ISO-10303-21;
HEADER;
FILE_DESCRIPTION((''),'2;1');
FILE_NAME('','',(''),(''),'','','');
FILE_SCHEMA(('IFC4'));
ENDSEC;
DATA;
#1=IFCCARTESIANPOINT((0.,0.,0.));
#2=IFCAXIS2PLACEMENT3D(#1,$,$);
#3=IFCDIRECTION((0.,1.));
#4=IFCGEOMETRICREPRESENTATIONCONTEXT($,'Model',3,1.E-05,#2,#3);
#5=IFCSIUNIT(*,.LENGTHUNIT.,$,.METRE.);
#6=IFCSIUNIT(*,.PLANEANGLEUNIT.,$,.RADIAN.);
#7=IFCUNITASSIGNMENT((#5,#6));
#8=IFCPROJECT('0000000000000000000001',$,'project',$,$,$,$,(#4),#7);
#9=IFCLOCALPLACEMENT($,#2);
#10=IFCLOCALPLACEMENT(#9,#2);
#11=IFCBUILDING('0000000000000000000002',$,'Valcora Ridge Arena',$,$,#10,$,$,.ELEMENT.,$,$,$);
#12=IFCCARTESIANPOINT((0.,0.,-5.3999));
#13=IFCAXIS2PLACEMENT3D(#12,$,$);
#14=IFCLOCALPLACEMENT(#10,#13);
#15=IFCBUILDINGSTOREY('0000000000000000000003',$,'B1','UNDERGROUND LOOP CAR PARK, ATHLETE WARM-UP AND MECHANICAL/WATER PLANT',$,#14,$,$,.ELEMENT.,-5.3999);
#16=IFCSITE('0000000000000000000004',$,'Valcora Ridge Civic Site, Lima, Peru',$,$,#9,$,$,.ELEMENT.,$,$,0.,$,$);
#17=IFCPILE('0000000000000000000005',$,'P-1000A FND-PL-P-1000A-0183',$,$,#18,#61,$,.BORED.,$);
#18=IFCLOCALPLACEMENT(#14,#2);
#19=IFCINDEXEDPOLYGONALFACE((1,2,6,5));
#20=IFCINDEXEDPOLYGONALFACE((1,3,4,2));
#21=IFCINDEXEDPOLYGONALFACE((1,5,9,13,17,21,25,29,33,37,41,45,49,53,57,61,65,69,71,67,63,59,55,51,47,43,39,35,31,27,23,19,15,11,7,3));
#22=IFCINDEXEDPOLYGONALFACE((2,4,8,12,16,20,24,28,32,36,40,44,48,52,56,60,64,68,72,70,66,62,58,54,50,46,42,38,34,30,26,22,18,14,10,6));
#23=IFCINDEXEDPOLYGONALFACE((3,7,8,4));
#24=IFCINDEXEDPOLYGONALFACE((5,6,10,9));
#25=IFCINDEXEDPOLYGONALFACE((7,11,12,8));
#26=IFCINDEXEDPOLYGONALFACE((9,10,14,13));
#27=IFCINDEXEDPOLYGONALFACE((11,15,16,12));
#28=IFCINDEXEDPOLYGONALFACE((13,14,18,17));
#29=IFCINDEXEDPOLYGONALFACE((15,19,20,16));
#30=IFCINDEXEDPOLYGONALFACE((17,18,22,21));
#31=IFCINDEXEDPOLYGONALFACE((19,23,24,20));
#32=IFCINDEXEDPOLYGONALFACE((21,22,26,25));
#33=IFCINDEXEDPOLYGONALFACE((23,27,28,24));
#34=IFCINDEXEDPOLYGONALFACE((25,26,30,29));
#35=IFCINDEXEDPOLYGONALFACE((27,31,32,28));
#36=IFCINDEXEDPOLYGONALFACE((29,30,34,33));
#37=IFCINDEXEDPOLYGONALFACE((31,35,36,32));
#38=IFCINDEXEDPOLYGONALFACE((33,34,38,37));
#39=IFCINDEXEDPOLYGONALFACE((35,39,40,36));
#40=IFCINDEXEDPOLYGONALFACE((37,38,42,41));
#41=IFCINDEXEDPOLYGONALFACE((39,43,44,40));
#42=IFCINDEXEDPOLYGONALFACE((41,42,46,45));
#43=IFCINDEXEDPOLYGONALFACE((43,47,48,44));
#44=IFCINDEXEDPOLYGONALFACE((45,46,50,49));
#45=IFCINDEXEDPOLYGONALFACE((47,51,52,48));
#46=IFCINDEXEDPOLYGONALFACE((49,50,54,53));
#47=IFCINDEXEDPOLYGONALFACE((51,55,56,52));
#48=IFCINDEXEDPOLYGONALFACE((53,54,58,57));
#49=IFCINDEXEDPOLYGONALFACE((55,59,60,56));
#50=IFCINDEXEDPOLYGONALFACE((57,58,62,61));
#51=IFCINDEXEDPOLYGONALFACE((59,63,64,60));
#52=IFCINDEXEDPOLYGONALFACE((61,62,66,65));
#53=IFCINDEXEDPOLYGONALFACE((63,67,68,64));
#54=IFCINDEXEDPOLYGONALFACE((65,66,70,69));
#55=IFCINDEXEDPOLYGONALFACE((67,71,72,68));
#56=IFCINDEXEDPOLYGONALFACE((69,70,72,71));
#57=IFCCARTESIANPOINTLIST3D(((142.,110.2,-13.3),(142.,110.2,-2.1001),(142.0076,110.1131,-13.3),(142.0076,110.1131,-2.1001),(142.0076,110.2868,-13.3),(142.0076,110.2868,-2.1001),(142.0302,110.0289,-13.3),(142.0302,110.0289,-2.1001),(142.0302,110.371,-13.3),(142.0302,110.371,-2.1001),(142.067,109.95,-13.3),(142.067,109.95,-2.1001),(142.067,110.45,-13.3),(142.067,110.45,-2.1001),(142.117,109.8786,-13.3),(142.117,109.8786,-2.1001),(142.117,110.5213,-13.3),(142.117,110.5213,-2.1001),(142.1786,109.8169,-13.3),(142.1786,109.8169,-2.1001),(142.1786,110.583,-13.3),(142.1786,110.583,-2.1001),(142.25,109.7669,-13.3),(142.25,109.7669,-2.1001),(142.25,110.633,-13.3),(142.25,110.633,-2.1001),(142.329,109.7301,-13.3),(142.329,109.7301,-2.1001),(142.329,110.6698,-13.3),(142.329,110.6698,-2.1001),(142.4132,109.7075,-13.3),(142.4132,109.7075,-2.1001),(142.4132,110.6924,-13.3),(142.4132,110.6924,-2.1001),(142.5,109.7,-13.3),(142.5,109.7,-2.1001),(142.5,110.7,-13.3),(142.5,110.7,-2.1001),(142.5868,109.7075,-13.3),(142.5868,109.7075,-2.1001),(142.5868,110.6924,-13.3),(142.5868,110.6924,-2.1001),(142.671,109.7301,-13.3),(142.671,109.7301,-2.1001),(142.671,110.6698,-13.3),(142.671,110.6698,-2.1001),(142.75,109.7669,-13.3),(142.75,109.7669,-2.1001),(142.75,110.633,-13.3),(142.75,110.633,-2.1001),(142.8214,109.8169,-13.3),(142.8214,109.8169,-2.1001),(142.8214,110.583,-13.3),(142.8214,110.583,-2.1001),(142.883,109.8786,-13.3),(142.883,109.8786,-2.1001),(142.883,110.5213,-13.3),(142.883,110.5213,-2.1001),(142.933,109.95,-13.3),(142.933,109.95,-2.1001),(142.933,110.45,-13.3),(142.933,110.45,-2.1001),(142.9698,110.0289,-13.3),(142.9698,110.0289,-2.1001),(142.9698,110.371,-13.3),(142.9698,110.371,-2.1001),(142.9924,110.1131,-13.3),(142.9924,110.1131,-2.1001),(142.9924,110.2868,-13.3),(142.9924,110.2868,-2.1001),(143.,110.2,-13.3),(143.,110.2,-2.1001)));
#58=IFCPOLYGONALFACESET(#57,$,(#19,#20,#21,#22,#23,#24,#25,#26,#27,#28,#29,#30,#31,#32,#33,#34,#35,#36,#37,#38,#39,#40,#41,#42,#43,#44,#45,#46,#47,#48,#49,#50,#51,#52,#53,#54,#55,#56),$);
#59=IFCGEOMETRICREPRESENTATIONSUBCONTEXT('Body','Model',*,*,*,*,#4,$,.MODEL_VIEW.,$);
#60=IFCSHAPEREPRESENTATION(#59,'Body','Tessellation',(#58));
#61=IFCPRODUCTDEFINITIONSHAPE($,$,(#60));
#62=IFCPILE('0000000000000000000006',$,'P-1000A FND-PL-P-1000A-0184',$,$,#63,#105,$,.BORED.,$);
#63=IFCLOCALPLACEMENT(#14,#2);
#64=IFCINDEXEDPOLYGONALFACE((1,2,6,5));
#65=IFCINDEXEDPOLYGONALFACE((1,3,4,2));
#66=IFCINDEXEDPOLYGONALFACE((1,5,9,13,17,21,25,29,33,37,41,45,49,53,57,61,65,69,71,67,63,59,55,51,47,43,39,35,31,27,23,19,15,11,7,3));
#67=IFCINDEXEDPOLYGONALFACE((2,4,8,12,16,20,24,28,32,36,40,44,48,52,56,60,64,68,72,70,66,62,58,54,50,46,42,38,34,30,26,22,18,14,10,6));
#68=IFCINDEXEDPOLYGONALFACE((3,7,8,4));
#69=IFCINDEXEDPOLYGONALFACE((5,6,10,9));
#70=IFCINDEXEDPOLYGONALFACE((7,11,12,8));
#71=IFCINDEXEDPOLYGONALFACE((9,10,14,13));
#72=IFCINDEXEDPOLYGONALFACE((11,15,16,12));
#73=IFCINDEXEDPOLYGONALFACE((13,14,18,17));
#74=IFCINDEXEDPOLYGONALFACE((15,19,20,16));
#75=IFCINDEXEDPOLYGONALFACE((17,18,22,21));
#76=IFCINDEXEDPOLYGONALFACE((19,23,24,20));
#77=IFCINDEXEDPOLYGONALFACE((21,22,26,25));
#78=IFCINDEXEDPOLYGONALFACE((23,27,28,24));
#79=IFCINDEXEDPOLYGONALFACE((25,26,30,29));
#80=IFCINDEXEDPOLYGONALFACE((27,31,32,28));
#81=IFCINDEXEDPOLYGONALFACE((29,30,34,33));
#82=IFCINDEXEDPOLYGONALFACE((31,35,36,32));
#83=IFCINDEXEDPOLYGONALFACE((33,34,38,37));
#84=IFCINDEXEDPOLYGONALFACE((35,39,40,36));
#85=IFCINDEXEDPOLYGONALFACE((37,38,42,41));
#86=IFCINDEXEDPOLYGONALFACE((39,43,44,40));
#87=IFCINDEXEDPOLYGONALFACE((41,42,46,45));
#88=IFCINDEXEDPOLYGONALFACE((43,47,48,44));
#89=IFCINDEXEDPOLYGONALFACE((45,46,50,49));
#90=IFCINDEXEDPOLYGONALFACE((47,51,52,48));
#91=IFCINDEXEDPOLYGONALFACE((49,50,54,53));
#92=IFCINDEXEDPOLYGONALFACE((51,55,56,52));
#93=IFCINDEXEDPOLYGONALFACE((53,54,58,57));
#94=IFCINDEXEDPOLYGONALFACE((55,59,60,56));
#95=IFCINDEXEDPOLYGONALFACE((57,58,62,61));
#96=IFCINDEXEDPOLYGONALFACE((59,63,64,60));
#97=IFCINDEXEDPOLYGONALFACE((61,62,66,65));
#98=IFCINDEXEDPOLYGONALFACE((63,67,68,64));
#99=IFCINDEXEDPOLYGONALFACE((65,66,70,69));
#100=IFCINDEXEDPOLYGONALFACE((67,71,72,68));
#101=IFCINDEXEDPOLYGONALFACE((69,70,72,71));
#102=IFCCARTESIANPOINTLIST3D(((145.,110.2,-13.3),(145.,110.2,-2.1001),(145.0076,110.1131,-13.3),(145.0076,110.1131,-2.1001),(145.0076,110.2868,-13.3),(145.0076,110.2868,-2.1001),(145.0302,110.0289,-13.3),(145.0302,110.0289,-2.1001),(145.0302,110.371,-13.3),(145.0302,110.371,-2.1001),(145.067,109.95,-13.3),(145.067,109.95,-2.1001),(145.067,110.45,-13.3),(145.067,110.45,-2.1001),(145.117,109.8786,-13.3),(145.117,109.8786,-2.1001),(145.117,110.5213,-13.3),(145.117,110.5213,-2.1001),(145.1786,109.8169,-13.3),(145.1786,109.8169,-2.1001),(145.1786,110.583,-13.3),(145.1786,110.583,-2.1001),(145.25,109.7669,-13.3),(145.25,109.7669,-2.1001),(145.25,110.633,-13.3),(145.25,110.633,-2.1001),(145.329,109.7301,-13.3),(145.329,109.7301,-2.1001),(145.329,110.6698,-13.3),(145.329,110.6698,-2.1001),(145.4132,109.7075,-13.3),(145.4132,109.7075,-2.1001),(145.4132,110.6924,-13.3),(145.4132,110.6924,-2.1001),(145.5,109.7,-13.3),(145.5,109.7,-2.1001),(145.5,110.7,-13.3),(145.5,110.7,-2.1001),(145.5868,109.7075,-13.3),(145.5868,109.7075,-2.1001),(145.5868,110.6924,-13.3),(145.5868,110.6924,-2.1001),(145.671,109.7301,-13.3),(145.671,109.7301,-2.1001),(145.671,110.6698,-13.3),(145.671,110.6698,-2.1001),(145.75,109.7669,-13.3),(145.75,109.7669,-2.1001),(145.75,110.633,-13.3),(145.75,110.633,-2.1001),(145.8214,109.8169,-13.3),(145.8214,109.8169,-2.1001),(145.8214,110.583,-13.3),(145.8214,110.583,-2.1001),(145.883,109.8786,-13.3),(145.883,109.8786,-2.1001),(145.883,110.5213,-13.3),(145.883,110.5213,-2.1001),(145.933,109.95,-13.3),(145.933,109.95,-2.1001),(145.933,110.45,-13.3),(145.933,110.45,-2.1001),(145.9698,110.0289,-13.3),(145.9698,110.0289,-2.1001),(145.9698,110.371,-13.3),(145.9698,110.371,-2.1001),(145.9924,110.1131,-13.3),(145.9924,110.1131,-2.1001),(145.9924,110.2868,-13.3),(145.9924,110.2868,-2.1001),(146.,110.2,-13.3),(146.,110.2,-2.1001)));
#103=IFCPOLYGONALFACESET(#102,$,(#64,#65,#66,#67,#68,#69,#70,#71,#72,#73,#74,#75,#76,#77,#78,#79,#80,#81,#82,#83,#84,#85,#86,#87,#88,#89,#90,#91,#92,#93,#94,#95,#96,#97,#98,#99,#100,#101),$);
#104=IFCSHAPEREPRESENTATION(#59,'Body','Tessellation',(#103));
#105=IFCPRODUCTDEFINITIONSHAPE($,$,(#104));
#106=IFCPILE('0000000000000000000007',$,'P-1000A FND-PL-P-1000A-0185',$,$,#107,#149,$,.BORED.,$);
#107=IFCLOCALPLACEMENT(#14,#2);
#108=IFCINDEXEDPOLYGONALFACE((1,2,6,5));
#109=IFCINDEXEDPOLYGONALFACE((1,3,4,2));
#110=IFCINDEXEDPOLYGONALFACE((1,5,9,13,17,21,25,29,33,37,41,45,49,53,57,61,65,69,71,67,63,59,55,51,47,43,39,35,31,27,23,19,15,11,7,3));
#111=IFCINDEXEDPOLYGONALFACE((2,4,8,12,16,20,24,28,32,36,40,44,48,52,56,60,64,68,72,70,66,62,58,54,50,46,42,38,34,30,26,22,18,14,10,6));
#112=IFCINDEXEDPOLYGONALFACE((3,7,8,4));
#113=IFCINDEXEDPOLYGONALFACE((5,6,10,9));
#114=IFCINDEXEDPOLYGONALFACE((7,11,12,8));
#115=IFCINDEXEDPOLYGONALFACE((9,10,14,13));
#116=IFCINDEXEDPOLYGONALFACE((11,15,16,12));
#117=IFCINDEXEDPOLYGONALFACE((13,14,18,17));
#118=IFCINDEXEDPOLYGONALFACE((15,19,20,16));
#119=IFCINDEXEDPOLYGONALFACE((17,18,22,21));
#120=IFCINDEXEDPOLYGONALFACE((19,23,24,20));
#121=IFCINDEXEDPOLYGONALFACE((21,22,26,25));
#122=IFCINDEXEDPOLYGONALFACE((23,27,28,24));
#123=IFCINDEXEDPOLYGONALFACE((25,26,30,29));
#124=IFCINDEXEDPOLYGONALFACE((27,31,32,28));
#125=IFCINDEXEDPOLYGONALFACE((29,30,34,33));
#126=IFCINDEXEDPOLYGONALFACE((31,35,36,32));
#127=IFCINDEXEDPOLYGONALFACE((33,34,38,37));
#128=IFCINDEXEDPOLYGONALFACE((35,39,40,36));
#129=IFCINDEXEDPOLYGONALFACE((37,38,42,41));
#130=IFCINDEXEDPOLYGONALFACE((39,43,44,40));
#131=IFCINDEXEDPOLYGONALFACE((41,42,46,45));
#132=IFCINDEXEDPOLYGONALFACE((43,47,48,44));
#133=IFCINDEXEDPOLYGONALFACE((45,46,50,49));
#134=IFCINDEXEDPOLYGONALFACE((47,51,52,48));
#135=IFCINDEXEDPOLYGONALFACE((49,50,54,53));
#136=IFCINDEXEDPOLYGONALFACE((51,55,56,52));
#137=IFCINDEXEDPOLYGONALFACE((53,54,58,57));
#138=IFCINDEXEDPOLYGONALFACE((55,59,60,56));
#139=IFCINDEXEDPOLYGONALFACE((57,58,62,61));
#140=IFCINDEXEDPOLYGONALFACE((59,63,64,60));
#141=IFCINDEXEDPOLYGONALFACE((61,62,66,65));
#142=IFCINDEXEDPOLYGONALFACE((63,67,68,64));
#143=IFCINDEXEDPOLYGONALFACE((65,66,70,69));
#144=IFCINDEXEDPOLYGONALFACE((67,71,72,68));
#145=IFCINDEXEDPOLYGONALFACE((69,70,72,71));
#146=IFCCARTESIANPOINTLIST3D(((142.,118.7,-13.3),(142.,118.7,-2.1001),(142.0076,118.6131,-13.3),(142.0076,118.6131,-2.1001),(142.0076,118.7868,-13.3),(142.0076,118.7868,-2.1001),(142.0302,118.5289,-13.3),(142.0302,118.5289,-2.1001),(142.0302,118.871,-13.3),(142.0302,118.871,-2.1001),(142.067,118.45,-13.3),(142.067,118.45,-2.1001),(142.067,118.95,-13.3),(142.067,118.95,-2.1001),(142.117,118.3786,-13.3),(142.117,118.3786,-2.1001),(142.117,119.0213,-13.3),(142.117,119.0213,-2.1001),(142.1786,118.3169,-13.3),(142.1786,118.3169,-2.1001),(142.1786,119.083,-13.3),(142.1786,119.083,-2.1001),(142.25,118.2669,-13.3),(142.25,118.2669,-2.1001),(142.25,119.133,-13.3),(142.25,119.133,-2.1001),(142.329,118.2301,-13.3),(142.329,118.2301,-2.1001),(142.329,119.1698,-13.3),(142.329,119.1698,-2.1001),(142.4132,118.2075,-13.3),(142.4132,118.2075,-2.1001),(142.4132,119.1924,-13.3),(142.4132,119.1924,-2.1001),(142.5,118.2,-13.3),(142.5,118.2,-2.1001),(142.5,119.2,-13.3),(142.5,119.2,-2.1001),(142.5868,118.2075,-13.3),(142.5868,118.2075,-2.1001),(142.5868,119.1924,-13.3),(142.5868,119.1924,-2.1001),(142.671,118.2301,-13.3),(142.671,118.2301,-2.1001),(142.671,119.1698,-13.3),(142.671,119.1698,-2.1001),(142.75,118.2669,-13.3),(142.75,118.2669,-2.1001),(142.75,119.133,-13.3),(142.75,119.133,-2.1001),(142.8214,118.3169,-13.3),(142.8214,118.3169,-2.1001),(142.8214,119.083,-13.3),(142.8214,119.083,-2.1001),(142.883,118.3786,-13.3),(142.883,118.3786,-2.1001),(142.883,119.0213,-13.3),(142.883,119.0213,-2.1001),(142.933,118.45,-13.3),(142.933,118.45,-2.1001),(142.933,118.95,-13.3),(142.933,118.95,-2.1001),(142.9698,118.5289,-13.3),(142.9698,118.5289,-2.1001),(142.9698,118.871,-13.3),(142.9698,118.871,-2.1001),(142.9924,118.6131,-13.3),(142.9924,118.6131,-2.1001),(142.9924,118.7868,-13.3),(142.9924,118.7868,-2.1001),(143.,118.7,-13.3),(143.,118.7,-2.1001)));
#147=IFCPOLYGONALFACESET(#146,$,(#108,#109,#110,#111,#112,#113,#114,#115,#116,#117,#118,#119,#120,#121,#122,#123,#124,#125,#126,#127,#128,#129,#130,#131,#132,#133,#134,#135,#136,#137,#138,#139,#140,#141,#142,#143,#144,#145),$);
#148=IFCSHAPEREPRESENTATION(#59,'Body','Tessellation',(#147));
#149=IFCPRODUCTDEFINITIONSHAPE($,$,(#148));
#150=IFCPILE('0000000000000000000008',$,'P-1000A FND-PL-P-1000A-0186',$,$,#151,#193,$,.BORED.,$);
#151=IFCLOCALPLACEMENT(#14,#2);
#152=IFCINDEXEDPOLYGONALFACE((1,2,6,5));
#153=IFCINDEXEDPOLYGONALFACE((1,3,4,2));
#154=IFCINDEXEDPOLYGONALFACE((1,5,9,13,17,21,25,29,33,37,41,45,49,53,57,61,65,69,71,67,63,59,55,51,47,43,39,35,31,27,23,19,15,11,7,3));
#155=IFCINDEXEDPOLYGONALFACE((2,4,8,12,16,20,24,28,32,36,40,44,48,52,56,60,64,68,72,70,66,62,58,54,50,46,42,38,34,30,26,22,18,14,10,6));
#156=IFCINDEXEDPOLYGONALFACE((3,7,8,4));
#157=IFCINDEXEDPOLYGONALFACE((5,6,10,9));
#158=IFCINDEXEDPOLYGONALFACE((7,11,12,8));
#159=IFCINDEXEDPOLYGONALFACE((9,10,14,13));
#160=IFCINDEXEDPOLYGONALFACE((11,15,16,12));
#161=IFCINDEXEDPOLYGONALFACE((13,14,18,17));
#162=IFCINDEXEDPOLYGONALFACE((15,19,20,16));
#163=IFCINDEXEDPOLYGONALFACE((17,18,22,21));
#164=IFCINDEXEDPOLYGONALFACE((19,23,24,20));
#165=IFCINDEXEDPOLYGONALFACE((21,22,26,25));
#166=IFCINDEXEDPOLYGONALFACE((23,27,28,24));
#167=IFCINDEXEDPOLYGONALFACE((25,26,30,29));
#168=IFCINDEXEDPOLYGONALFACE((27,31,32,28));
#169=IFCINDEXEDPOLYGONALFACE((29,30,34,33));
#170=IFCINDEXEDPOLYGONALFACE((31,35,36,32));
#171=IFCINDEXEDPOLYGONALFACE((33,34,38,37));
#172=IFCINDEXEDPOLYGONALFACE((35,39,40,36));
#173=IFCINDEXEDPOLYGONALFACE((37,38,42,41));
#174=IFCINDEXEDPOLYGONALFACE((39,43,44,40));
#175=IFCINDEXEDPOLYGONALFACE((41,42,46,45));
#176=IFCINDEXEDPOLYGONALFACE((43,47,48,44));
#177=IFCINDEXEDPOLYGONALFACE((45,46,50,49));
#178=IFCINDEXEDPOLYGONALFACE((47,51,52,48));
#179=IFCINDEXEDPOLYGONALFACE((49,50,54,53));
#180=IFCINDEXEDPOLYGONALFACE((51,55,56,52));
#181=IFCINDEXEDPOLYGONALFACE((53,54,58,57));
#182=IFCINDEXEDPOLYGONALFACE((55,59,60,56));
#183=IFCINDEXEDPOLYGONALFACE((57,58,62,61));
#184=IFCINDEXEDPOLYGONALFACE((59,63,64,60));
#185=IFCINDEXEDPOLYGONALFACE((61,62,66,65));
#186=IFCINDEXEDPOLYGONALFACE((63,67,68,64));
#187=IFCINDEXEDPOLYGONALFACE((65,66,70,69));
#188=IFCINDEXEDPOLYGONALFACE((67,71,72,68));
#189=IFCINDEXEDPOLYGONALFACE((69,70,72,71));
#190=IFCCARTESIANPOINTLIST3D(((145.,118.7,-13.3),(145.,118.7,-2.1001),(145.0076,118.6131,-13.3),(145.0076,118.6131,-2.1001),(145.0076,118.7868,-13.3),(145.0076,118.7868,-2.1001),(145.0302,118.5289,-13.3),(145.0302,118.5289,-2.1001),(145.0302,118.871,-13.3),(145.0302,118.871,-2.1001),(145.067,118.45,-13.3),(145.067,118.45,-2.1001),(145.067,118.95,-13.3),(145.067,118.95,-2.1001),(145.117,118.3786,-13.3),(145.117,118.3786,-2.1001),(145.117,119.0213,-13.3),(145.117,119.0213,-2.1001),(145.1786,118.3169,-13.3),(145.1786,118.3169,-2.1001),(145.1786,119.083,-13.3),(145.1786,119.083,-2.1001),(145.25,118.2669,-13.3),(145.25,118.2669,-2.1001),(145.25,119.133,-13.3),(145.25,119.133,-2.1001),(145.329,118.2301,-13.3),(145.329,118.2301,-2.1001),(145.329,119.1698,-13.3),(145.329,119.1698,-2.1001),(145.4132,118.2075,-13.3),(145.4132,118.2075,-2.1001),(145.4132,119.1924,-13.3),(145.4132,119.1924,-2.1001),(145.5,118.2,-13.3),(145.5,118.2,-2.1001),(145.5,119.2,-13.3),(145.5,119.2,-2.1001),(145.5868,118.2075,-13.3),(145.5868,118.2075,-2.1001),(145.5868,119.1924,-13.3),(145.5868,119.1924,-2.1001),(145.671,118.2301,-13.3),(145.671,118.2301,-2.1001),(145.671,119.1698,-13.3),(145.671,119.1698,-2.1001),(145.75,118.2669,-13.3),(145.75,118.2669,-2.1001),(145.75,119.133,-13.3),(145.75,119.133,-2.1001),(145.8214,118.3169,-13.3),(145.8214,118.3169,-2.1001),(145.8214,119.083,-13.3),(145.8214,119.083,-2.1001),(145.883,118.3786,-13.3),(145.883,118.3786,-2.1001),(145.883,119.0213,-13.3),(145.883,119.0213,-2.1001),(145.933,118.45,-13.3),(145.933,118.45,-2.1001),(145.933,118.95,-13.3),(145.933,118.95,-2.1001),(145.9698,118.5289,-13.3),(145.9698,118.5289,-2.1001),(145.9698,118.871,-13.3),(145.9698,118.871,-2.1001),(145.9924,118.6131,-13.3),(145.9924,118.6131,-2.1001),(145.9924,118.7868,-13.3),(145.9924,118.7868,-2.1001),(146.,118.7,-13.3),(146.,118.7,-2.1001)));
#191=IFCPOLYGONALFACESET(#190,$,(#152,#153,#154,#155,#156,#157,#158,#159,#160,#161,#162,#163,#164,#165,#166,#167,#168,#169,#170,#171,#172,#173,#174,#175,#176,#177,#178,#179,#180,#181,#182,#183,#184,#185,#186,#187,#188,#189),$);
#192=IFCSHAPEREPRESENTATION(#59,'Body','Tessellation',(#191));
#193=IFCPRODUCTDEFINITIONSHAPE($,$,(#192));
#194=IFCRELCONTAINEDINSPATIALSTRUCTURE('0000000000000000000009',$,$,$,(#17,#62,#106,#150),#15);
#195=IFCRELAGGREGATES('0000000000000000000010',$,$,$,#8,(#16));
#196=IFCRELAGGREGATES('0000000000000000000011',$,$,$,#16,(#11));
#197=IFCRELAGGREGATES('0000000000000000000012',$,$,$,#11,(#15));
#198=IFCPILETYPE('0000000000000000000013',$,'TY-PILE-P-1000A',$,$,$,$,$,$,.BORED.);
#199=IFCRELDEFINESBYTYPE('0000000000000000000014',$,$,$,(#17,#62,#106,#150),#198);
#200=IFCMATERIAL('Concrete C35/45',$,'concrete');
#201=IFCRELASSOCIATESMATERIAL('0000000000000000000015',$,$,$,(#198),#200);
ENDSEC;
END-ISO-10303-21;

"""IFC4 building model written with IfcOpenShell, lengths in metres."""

from ifc_helpers import new_model, si_unit, direction, frame, origin, origin_2d, place, context, subcontext, project, spatial, circle, extrude, material, material_profile, profile_set, type_object, element, save


model = new_model("IFC4")

# Units and contexts
model_context = context("Model", 3, precision=1e-05, world=origin(), true_north=direction((0.0, 1.0)))
body_context = subcontext(model_context, "Body", "Model", "MODEL_VIEW")
ifc_project = project(units=[si_unit("LENGTHUNIT", "METRE"), si_unit("PLANEANGLEUNIT", "RADIAN")], contexts=[model_context])

# Site, building, storey
site_placement = place(None, origin())
site = spatial("IfcSite", under=ifc_project, at=site_placement, Name="Valcora Ridge Civic Site, Lima, Peru", CompositionType="ELEMENT", RefElevation=0.0)
building_placement = place(site_placement, origin())
building = spatial("IfcBuilding", under=site, at=building_placement, Name="Valcora Ridge Arena", CompositionType="ELEMENT")
storey_placement = place(building_placement, frame((0.0, 0.0, -5.3999)))
storey = spatial("IfcBuildingStorey", under=building, at=storey_placement, Name="B1", Description="UNDERGROUND LOOP CAR PARK, ATHLETE WARM-UP AND MECHANICAL/WATER PLANT", CompositionType="ELEMENT", Elevation=-5.3999)

# Piles
ifc_material_1 = material(Name="Concrete C35/45", Category="concrete")
ifc_material_profile_1 = material_profile(ifc_material_1, circle(Radius=0.5, at=origin_2d()), Name="BORED PILE D1000")
ifc_profile_set_1 = profile_set([ifc_material_profile_1], Name="Concrete C35/45")
pile_type = type_object("IfcPileType", Name="TY-PILE-P-1000A", PredefinedType="BORED", material=ifc_profile_set_1)
for number, where, z_axis, x_axis, name in (
    (1, (142.5, 110.2, -2.1001), (0.0, 0.0, -1.0), (1.0, 0.0, 0.0), "P-1000A FND-PL-P-1000A-0183"),
    (2, (145.5, 110.2, -2.1001), (0.0, 0.0, -1.0), (1.0, 0.0, 0.0), "P-1000A FND-PL-P-1000A-0184"),
    (3, (142.5, 118.7, -2.1001), (0.0, 0.0, -1.0), (1.0, 0.0, 0.0), "P-1000A FND-PL-P-1000A-0185"),
    (4, (145.5, 118.7, -2.1001), (0.0, 0.0, -1.0), (1.0, 0.0, 0.0), "P-1000A FND-PL-P-1000A-0186"),
):
    element("IfcPile", number, at=place(storey_placement, frame(where, z_axis=z_axis, x_axis=x_axis)), inside=storey, type_object=pile_type, Name=name, PredefinedType="BORED", context=body_context, shape_type="SweptSolid", body=[
        extrude(circle(Radius=0.5, at=origin_2d()), origin(), (0.0, 0.0, 1.0), 11.2),
    ])

save(model, "model.ifc")
